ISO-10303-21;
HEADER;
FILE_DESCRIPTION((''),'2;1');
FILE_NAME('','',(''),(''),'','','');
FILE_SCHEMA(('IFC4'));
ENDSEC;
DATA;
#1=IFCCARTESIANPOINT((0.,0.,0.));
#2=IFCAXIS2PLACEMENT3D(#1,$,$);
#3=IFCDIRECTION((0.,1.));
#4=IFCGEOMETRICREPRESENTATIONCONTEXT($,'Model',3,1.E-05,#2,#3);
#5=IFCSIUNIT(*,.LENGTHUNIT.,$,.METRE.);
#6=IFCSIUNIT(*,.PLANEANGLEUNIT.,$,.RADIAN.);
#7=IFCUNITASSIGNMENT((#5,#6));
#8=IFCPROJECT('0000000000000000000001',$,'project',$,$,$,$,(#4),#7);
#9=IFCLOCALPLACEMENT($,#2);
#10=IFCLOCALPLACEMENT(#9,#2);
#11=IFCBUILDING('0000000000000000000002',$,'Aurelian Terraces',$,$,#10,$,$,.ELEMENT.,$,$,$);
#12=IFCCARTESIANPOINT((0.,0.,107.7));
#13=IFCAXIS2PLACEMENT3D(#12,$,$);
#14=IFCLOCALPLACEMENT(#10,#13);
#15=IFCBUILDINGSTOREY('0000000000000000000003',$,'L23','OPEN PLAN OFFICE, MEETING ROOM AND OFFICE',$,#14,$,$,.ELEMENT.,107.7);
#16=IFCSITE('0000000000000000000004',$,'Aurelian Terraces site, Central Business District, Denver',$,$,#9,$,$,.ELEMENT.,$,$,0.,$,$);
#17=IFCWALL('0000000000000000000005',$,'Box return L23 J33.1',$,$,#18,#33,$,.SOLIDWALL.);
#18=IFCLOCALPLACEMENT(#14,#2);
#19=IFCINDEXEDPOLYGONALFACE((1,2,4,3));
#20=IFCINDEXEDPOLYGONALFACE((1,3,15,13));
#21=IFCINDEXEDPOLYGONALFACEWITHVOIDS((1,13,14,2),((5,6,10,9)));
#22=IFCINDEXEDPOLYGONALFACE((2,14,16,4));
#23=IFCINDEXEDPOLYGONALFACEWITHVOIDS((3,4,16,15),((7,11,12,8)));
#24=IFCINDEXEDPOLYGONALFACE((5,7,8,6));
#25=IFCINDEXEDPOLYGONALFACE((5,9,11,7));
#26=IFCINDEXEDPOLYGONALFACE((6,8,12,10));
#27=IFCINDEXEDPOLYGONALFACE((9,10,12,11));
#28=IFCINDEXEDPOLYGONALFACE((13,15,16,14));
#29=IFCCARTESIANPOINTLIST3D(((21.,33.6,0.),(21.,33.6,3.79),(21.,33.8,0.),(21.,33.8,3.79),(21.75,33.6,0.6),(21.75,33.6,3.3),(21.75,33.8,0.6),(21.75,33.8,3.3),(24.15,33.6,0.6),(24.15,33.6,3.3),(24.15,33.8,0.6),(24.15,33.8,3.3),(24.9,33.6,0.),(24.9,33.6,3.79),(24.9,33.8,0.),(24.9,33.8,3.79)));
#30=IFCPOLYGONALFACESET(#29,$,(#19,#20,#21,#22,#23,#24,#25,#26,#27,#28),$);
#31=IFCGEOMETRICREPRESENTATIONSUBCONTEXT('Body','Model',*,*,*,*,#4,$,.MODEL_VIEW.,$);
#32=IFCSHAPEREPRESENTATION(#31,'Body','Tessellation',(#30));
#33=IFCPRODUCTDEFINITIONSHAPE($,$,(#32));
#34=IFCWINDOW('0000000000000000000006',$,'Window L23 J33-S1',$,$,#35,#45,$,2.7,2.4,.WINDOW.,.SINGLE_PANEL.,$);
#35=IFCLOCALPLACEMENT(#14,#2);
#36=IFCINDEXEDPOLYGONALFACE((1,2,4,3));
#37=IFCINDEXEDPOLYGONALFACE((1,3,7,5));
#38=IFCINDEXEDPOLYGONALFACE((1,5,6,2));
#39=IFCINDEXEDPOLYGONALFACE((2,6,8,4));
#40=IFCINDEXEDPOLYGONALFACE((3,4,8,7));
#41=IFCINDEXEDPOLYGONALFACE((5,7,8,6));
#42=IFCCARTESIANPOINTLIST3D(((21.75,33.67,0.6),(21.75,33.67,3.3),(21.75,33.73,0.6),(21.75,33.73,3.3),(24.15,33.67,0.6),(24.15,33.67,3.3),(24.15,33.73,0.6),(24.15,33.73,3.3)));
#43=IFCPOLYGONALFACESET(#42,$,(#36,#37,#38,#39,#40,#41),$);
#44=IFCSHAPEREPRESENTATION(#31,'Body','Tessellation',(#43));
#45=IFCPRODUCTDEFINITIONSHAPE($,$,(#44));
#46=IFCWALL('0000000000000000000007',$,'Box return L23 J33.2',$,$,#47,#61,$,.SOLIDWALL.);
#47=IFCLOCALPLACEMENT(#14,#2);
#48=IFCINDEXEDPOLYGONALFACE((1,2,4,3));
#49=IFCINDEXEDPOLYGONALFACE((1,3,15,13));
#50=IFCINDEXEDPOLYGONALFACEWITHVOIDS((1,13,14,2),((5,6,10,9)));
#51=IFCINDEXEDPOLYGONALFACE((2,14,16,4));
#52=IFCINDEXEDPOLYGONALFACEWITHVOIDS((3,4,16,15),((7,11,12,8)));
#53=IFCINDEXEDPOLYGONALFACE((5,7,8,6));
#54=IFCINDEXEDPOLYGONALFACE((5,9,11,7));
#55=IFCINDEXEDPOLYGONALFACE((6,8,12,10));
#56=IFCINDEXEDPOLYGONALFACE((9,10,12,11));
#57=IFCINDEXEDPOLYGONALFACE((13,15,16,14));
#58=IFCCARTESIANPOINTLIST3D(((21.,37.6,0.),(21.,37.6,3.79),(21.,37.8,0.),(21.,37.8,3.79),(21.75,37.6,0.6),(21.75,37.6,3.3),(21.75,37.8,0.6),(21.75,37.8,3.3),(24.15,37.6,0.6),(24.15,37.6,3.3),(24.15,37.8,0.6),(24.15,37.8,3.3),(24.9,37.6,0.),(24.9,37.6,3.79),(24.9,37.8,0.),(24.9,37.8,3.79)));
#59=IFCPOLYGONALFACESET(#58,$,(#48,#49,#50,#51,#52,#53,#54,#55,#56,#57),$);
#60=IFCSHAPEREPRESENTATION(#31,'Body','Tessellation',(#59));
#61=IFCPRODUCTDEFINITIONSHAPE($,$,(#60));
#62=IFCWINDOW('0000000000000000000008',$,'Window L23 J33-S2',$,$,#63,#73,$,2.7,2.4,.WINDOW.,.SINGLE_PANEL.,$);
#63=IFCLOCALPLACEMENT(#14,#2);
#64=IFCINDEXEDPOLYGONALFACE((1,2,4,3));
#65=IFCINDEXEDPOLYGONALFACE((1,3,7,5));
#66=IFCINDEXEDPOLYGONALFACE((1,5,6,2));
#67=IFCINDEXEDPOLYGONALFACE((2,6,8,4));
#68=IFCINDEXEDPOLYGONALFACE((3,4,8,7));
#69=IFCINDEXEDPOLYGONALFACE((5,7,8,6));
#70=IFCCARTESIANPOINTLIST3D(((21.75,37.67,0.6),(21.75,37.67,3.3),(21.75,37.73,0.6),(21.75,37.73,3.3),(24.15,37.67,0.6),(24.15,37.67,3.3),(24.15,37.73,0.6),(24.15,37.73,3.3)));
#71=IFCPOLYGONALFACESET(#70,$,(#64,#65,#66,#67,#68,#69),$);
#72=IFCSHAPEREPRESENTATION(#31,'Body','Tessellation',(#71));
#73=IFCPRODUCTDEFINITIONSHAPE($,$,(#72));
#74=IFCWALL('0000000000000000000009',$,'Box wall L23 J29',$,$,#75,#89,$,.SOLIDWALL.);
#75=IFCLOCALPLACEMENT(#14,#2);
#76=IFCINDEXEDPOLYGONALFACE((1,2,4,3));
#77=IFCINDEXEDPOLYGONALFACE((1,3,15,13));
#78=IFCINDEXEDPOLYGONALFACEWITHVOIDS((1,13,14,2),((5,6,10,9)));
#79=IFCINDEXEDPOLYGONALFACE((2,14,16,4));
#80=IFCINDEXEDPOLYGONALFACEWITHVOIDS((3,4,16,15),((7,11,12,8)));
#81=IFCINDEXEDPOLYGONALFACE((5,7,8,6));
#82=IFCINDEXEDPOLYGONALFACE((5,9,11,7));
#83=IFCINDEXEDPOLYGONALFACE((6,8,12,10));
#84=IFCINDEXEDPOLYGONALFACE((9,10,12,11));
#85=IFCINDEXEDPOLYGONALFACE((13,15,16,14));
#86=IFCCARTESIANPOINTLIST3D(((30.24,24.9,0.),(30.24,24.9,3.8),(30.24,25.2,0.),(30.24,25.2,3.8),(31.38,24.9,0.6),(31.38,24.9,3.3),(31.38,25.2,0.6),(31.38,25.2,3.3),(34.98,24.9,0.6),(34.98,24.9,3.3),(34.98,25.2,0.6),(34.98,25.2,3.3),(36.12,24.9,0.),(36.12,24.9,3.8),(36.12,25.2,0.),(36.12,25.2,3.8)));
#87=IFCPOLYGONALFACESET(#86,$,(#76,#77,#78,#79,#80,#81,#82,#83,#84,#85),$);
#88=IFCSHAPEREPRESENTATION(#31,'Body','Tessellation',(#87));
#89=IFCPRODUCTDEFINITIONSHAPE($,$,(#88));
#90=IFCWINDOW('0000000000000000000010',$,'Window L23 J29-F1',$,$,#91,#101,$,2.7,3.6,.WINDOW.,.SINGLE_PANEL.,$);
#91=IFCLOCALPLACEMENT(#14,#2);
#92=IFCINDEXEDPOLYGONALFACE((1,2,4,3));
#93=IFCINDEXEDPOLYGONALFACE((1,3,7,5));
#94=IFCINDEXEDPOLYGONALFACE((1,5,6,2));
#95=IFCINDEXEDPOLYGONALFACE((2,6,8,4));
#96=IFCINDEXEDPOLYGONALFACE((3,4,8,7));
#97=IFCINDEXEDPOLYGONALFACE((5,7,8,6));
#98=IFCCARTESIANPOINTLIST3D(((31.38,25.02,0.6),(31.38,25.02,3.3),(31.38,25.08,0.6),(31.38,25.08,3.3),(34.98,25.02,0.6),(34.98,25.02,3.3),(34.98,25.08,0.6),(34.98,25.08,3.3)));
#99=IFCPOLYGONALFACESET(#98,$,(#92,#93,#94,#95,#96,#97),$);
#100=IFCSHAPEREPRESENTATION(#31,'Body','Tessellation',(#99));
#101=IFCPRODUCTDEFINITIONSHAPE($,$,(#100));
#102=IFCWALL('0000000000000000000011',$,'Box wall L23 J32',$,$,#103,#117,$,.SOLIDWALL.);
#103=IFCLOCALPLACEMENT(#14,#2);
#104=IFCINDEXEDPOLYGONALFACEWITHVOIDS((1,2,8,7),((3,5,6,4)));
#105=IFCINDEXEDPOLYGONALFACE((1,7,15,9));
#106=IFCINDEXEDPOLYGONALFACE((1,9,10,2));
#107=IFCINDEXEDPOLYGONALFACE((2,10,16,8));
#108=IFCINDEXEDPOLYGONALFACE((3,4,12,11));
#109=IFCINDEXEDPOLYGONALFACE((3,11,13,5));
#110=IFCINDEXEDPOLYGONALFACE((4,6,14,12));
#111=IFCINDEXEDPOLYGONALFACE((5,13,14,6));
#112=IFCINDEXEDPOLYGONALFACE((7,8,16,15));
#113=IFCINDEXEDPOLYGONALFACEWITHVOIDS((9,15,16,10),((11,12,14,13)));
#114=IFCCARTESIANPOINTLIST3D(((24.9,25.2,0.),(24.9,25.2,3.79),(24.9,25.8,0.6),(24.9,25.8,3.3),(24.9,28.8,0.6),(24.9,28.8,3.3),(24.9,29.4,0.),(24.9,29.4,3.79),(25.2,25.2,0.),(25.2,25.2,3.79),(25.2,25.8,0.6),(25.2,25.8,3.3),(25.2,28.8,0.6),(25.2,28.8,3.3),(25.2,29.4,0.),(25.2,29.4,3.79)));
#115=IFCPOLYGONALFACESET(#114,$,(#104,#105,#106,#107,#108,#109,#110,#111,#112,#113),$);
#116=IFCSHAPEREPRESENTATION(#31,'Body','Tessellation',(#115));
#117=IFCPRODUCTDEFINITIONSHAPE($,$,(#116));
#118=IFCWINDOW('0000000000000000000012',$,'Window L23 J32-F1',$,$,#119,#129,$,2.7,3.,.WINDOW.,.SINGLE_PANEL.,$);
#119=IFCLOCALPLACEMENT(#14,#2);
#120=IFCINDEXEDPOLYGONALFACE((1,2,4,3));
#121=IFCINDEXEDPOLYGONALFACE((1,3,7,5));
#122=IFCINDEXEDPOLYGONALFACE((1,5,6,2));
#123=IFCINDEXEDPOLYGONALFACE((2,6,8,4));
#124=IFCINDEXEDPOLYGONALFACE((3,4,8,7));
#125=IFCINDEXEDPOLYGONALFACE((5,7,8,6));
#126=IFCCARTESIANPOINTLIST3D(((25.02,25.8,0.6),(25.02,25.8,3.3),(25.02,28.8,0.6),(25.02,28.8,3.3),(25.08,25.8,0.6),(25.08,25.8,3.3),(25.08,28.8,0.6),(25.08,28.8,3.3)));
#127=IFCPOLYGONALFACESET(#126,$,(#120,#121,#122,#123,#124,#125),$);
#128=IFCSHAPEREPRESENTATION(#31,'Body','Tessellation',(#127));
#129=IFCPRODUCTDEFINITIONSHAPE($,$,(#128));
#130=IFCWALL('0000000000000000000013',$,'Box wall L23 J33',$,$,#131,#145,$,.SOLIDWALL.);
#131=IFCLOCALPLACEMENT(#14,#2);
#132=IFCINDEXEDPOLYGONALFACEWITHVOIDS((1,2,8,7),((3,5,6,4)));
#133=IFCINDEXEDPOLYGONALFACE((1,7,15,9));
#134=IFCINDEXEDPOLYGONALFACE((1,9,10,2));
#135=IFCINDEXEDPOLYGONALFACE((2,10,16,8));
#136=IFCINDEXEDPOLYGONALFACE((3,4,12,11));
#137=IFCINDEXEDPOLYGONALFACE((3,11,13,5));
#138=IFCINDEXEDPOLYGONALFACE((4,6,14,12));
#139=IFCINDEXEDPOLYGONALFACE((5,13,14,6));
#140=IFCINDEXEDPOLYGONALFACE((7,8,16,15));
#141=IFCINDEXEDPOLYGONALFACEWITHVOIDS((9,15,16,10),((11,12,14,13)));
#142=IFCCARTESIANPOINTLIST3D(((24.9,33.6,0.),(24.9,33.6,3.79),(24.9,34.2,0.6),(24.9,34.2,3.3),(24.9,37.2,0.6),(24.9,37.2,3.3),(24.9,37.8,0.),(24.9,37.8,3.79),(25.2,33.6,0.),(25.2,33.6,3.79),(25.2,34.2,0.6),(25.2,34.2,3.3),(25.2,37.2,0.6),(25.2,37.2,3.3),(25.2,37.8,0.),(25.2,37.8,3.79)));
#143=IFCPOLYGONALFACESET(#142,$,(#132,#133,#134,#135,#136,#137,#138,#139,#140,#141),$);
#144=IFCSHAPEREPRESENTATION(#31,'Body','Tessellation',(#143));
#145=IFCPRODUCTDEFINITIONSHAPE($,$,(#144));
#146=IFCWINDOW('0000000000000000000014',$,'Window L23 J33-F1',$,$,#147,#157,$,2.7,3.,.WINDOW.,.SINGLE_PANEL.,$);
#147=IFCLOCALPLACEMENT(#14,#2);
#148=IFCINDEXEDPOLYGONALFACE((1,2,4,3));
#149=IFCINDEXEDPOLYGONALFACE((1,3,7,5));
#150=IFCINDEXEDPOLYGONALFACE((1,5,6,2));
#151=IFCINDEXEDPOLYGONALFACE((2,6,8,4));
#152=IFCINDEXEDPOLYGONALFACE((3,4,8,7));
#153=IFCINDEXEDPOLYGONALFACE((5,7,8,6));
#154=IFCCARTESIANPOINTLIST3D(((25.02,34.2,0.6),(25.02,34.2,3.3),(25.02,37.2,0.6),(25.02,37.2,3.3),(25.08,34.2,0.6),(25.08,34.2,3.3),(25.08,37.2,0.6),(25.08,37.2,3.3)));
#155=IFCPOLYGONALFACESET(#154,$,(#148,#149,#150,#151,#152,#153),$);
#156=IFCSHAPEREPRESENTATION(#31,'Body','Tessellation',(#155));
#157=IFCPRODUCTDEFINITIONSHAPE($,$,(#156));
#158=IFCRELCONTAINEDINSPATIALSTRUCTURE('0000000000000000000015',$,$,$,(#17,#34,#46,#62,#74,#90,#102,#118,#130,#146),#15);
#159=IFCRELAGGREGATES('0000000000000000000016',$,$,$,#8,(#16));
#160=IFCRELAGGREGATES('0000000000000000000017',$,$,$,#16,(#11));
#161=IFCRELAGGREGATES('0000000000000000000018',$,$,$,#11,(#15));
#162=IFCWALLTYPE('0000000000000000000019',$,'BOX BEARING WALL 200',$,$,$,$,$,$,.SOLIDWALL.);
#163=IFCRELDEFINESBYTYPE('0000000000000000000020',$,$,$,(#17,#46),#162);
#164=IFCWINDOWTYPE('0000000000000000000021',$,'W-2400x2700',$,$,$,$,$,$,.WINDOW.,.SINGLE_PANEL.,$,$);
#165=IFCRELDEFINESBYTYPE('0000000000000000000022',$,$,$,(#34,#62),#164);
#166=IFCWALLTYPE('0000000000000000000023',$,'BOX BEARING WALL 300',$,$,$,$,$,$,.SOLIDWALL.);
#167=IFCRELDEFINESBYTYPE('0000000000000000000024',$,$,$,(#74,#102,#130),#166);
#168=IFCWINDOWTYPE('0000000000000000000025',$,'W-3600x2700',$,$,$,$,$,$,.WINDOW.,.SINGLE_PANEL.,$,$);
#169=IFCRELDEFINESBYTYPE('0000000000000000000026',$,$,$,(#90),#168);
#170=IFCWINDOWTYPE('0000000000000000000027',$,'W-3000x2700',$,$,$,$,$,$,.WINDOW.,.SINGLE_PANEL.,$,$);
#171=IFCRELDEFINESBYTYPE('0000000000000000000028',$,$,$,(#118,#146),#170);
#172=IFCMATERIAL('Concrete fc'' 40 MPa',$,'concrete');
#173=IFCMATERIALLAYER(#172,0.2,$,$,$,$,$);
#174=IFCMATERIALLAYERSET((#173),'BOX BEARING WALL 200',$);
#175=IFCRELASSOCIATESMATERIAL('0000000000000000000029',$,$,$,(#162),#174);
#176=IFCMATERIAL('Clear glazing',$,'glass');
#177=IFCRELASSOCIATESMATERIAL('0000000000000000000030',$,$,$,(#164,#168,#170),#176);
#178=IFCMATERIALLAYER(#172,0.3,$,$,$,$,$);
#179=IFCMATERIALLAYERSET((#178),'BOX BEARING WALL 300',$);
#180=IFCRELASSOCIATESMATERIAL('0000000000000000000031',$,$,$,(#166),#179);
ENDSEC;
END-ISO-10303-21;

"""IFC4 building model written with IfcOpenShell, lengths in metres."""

from ifc_helpers import new_model, si_unit, direction, frame, frame_2d, origin, place, context, subcontext, project, spatial, rectangle, extrude, source, transform, mapped, material, layer, layer_set, type_object, element, fill, save


model = new_model("IFC4")

# Units and contexts
model_context = context("Model", 3, precision=1e-05, world=origin(), true_north=direction((0.0, 1.0)))
body_context = subcontext(model_context, "Body", "Model", "MODEL_VIEW")
ifc_project = project(units=[si_unit("LENGTHUNIT", "METRE"), si_unit("PLANEANGLEUNIT", "RADIAN")], contexts=[model_context])

# Site, building, storey
site_placement = place(None, origin())
site = spatial("IfcSite", under=ifc_project, at=site_placement, Name="Aurelian Terraces site, Central Business District, Denver", CompositionType="ELEMENT", RefElevation=0.0)
building_placement = place(site_placement, origin())
building = spatial("IfcBuilding", under=site, at=building_placement, Name="Aurelian Terraces", CompositionType="ELEMENT")
storey_placement = place(building_placement, frame((0.0, 0.0, 107.7)))
storey = spatial("IfcBuildingStorey", under=building, at=storey_placement, Name="L23", Description="OPEN PLAN OFFICE, MEETING ROOM AND OFFICE", CompositionType="ELEMENT", Elevation=107.7)

# Walls, openings, windows
ifc_material_1 = material(Name="Concrete fc' 40 MPa", Category="concrete")
ifc_layer_1 = layer(ifc_material_1, 0.2)
ifc_layer_set_1 = layer_set([ifc_layer_1], Name="BOX BEARING WALL 200")
wall_type_1 = type_object("IfcWallType", Name="BOX BEARING WALL 200", PredefinedType="SOLIDWALL", material=ifc_layer_set_1)
shared_shape_1 = source(origin(), body_context, "Body", "SweptSolid", [
    extrude(rectangle(XDim=3.9, YDim=0.2, at=frame_2d((1.95, 0.0))), origin(), (0.0, 0.0, 1.0), 3.79),
])
wall_1_placement = place(storey_placement, frame((21.0, 33.7, 0.0), z_axis=(0.0, 0.0, 1.0), x_axis=(1.0, 0.0, 0.0)))
wall_1 = element("IfcWall", 1, at=wall_1_placement, inside=storey, type_object=wall_type_1, Name="Box return L23 J33.1", PredefinedType="SOLIDWALL", context=body_context, shape_type="MappedRepresentation", body=[
    mapped(shared_shape_1, transform((0.0, 0.0, 0.0), scale=1.0)),
])
shared_shape_2 = source(origin(), body_context, "Body", "SweptSolid", [
    extrude(rectangle(XDim=2.4, YDim=2.7, at=frame_2d((1.2, 1.35))), frame((0.0, 0.11, 0.0), z_axis=(0.0, -1.0, 0.0), x_axis=(1.0, 0.0, 0.0)), (0.0, 0.0, 1.0), 0.22),
])
opening_1_placement = place(wall_1_placement, frame((0.75, 0.0, 0.6)))
opening_1 = element("IfcOpeningElement", 2, at=opening_1_placement, cuts=wall_1, PredefinedType="OPENING", context=body_context, shape_type="MappedRepresentation", body=[
    mapped(shared_shape_2, transform((0.0, 0.0, 0.0), scale=1.0)),
])
ifc_material_2 = material(Name="Clear glazing", Category="glass")
window_type_1 = type_object("IfcWindowType", Name="W-2400x2700", PartitioningType="SINGLE_PANEL", PredefinedType="WINDOW", material=ifc_material_2)
shared_shape_3 = source(origin(), body_context, "Body", "SweptSolid", [
    extrude(rectangle(XDim=2.4, YDim=2.7, at=frame_2d((1.2, 1.35))), frame((0.0, 0.03, 0.0), z_axis=(0.0, -1.0, 0.0), x_axis=(1.0, 0.0, 0.0)), (0.0, 0.0, 1.0), 0.06),
])
window_1_placement = place(opening_1_placement, origin())
window_1 = element("IfcWindow", 3, at=window_1_placement, inside=storey, type_object=window_type_1, Name="Window L23 J33-S1", OverallHeight=2.7, OverallWidth=2.4, PartitioningType="SINGLE_PANEL", PredefinedType="WINDOW", context=body_context, shape_type="MappedRepresentation", body=[
    mapped(shared_shape_3, transform((0.0, 0.0, 0.0), scale=1.0)),
])
fill(opening_1, window_1)
wall_2_placement = place(storey_placement, frame((21.0, 37.7, 0.0), z_axis=(0.0, 0.0, 1.0), x_axis=(1.0, 0.0, 0.0)))
wall_2 = element("IfcWall", 4, at=wall_2_placement, inside=storey, type_object=wall_type_1, Name="Box return L23 J33.2", PredefinedType="SOLIDWALL", context=body_context, shape_type="MappedRepresentation", body=[
    mapped(shared_shape_1, transform((0.0, 0.0, 0.0), scale=1.0)),
])
opening_2_placement = place(wall_2_placement, frame((0.75, 0.0, 0.6)))
opening_2 = element("IfcOpeningElement", 5, at=opening_2_placement, cuts=wall_2, PredefinedType="OPENING", context=body_context, shape_type="MappedRepresentation", body=[
    mapped(shared_shape_2, transform((0.0, 0.0, 0.0), scale=1.0)),
])
window_2_placement = place(opening_2_placement, origin())
window_2 = element("IfcWindow", 6, at=window_2_placement, inside=storey, type_object=window_type_1, Name="Window L23 J33-S2", OverallHeight=2.7, OverallWidth=2.4, PartitioningType="SINGLE_PANEL", PredefinedType="WINDOW", context=body_context, shape_type="MappedRepresentation", body=[
    mapped(shared_shape_3, transform((0.0, 0.0, 0.0), scale=1.0)),
])
fill(opening_2, window_2)
ifc_layer_2 = layer(ifc_material_1, 0.3)
ifc_layer_set_2 = layer_set([ifc_layer_2], Name="BOX BEARING WALL 300")
wall_type_2 = type_object("IfcWallType", Name="BOX BEARING WALL 300", PredefinedType="SOLIDWALL", material=ifc_layer_set_2)
shared_shape_4 = source(origin(), body_context, "Body", "SweptSolid", [
    extrude(rectangle(XDim=5.88, YDim=0.3, at=frame_2d((2.94, 0.0))), origin(), (0.0, 0.0, 1.0), 3.8),
])
wall_3_placement = place(storey_placement, frame((36.12, 25.05, 0.0), z_axis=(0.0, 0.0, 1.0), x_axis=(-1.0, 0.0, 0.0)))
wall_3 = element("IfcWall", 7, at=wall_3_placement, inside=storey, type_object=wall_type_2, Name="Box wall L23 J29", PredefinedType="SOLIDWALL", context=body_context, shape_type="MappedRepresentation", body=[
    mapped(shared_shape_4, transform((0.0, 0.0, 0.0), scale=1.0)),
])
shared_shape_5 = source(origin(), body_context, "Body", "SweptSolid", [
    extrude(rectangle(XDim=3.6, YDim=2.7, at=frame_2d((1.8, 1.35))), frame((0.0, 0.16, 0.0), z_axis=(0.0, -1.0, 0.0), x_axis=(1.0, 0.0, 0.0)), (0.0, 0.0, 1.0), 0.32),
])
opening_3_placement = place(wall_3_placement, frame((1.14, 0.0, 0.6)))
opening_3 = element("IfcOpeningElement", 8, at=opening_3_placement, cuts=wall_3, PredefinedType="OPENING", context=body_context, shape_type="MappedRepresentation", body=[
    mapped(shared_shape_5, transform((0.0, 0.0, 0.0), scale=1.0)),
])
window_type_2 = type_object("IfcWindowType", Name="W-3600x2700", PartitioningType="SINGLE_PANEL", PredefinedType="WINDOW", material=ifc_material_2)
shared_shape_6 = source(origin(), body_context, "Body", "SweptSolid", [
    extrude(rectangle(XDim=3.6, YDim=2.7, at=frame_2d((1.8, 1.35))), frame((0.0, 0.03, 0.0), z_axis=(0.0, -1.0, 0.0), x_axis=(1.0, 0.0, 0.0)), (0.0, 0.0, 1.0), 0.06),
])
window_3_placement = place(opening_3_placement, origin())
window_3 = element("IfcWindow", 9, at=window_3_placement, inside=storey, type_object=window_type_2, Name="Window L23 J29-F1", OverallHeight=2.7, OverallWidth=3.6, PartitioningType="SINGLE_PANEL", PredefinedType="WINDOW", context=body_context, shape_type="MappedRepresentation", body=[
    mapped(shared_shape_6, transform((0.0, 0.0, 0.0), scale=1.0)),
])
fill(opening_3, window_3)
shared_shape_7 = source(origin(), body_context, "Body", "SweptSolid", [
    extrude(rectangle(XDim=4.2, YDim=0.3, at=frame_2d((2.1, 0.0))), origin(), (0.0, 0.0, 1.0), 3.79),
])
wall_4_placement = place(storey_placement, frame((25.05, 25.2, 0.0), z_axis=(0.0, 0.0, 1.0), x_axis=(0.0, 1.0, 0.0)))
wall_4 = element("IfcWall", 10, at=wall_4_placement, inside=storey, type_object=wall_type_2, Name="Box wall L23 J32", PredefinedType="SOLIDWALL", context=body_context, shape_type="MappedRepresentation", body=[
    mapped(shared_shape_7, transform((0.0, 0.0, 0.0), scale=1.0)),
])
shared_shape_8 = source(origin(), body_context, "Body", "SweptSolid", [
    extrude(rectangle(XDim=3.0, YDim=2.7, at=frame_2d((1.5, 1.35))), frame((0.0, 0.16, 0.0), z_axis=(0.0, -1.0, 0.0), x_axis=(1.0, 0.0, 0.0)), (0.0, 0.0, 1.0), 0.32),
])
opening_4_placement = place(wall_4_placement, frame((0.6, 0.0, 0.6)))
opening_4 = element("IfcOpeningElement", 11, at=opening_4_placement, cuts=wall_4, PredefinedType="OPENING", context=body_context, shape_type="MappedRepresentation", body=[
    mapped(shared_shape_8, transform((0.0, 0.0, 0.0), scale=1.0)),
])
window_type_3 = type_object("IfcWindowType", Name="W-3000x2700", PartitioningType="SINGLE_PANEL", PredefinedType="WINDOW", material=ifc_material_2)
shared_shape_9 = source(origin(), body_context, "Body", "SweptSolid", [
    extrude(rectangle(XDim=3.0, YDim=2.7, at=frame_2d((1.5, 1.35))), frame((0.0, 0.03, 0.0), z_axis=(0.0, -1.0, 0.0), x_axis=(1.0, 0.0, 0.0)), (0.0, 0.0, 1.0), 0.06),
])
window_4_placement = place(opening_4_placement, origin())
window_4 = element("IfcWindow", 12, at=window_4_placement, inside=storey, type_object=window_type_3, Name="Window L23 J32-F1", OverallHeight=2.7, OverallWidth=3.0, PartitioningType="SINGLE_PANEL", PredefinedType="WINDOW", context=body_context, shape_type="MappedRepresentation", body=[
    mapped(shared_shape_9, transform((0.0, 0.0, 0.0), scale=1.0)),
])
fill(opening_4, window_4)
wall_5_placement = place(storey_placement, frame((25.05, 33.6, 0.0), z_axis=(0.0, 0.0, 1.0), x_axis=(0.0, 1.0, 0.0)))
wall_5 = element("IfcWall", 13, at=wall_5_placement, inside=storey, type_object=wall_type_2, Name="Box wall L23 J33", PredefinedType="SOLIDWALL", context=body_context, shape_type="MappedRepresentation", body=[
    mapped(shared_shape_7, transform((0.0, 0.0, 0.0), scale=1.0)),
])
opening_5_placement = place(wall_5_placement, frame((0.6, 0.0, 0.6)))
opening_5 = element("IfcOpeningElement", 14, at=opening_5_placement, cuts=wall_5, PredefinedType="OPENING", context=body_context, shape_type="MappedRepresentation", body=[
    mapped(shared_shape_8, transform((0.0, 0.0, 0.0), scale=1.0)),
])
window_5_placement = place(opening_5_placement, origin())
window_5 = element("IfcWindow", 15, at=window_5_placement, inside=storey, type_object=window_type_3, Name="Window L23 J33-F1", OverallHeight=2.7, OverallWidth=3.0, PartitioningType="SINGLE_PANEL", PredefinedType="WINDOW", context=body_context, shape_type="MappedRepresentation", body=[
    mapped(shared_shape_9, transform((0.0, 0.0, 0.0), scale=1.0)),
])
fill(opening_5, window_5)

save(model, "model.ifc")
